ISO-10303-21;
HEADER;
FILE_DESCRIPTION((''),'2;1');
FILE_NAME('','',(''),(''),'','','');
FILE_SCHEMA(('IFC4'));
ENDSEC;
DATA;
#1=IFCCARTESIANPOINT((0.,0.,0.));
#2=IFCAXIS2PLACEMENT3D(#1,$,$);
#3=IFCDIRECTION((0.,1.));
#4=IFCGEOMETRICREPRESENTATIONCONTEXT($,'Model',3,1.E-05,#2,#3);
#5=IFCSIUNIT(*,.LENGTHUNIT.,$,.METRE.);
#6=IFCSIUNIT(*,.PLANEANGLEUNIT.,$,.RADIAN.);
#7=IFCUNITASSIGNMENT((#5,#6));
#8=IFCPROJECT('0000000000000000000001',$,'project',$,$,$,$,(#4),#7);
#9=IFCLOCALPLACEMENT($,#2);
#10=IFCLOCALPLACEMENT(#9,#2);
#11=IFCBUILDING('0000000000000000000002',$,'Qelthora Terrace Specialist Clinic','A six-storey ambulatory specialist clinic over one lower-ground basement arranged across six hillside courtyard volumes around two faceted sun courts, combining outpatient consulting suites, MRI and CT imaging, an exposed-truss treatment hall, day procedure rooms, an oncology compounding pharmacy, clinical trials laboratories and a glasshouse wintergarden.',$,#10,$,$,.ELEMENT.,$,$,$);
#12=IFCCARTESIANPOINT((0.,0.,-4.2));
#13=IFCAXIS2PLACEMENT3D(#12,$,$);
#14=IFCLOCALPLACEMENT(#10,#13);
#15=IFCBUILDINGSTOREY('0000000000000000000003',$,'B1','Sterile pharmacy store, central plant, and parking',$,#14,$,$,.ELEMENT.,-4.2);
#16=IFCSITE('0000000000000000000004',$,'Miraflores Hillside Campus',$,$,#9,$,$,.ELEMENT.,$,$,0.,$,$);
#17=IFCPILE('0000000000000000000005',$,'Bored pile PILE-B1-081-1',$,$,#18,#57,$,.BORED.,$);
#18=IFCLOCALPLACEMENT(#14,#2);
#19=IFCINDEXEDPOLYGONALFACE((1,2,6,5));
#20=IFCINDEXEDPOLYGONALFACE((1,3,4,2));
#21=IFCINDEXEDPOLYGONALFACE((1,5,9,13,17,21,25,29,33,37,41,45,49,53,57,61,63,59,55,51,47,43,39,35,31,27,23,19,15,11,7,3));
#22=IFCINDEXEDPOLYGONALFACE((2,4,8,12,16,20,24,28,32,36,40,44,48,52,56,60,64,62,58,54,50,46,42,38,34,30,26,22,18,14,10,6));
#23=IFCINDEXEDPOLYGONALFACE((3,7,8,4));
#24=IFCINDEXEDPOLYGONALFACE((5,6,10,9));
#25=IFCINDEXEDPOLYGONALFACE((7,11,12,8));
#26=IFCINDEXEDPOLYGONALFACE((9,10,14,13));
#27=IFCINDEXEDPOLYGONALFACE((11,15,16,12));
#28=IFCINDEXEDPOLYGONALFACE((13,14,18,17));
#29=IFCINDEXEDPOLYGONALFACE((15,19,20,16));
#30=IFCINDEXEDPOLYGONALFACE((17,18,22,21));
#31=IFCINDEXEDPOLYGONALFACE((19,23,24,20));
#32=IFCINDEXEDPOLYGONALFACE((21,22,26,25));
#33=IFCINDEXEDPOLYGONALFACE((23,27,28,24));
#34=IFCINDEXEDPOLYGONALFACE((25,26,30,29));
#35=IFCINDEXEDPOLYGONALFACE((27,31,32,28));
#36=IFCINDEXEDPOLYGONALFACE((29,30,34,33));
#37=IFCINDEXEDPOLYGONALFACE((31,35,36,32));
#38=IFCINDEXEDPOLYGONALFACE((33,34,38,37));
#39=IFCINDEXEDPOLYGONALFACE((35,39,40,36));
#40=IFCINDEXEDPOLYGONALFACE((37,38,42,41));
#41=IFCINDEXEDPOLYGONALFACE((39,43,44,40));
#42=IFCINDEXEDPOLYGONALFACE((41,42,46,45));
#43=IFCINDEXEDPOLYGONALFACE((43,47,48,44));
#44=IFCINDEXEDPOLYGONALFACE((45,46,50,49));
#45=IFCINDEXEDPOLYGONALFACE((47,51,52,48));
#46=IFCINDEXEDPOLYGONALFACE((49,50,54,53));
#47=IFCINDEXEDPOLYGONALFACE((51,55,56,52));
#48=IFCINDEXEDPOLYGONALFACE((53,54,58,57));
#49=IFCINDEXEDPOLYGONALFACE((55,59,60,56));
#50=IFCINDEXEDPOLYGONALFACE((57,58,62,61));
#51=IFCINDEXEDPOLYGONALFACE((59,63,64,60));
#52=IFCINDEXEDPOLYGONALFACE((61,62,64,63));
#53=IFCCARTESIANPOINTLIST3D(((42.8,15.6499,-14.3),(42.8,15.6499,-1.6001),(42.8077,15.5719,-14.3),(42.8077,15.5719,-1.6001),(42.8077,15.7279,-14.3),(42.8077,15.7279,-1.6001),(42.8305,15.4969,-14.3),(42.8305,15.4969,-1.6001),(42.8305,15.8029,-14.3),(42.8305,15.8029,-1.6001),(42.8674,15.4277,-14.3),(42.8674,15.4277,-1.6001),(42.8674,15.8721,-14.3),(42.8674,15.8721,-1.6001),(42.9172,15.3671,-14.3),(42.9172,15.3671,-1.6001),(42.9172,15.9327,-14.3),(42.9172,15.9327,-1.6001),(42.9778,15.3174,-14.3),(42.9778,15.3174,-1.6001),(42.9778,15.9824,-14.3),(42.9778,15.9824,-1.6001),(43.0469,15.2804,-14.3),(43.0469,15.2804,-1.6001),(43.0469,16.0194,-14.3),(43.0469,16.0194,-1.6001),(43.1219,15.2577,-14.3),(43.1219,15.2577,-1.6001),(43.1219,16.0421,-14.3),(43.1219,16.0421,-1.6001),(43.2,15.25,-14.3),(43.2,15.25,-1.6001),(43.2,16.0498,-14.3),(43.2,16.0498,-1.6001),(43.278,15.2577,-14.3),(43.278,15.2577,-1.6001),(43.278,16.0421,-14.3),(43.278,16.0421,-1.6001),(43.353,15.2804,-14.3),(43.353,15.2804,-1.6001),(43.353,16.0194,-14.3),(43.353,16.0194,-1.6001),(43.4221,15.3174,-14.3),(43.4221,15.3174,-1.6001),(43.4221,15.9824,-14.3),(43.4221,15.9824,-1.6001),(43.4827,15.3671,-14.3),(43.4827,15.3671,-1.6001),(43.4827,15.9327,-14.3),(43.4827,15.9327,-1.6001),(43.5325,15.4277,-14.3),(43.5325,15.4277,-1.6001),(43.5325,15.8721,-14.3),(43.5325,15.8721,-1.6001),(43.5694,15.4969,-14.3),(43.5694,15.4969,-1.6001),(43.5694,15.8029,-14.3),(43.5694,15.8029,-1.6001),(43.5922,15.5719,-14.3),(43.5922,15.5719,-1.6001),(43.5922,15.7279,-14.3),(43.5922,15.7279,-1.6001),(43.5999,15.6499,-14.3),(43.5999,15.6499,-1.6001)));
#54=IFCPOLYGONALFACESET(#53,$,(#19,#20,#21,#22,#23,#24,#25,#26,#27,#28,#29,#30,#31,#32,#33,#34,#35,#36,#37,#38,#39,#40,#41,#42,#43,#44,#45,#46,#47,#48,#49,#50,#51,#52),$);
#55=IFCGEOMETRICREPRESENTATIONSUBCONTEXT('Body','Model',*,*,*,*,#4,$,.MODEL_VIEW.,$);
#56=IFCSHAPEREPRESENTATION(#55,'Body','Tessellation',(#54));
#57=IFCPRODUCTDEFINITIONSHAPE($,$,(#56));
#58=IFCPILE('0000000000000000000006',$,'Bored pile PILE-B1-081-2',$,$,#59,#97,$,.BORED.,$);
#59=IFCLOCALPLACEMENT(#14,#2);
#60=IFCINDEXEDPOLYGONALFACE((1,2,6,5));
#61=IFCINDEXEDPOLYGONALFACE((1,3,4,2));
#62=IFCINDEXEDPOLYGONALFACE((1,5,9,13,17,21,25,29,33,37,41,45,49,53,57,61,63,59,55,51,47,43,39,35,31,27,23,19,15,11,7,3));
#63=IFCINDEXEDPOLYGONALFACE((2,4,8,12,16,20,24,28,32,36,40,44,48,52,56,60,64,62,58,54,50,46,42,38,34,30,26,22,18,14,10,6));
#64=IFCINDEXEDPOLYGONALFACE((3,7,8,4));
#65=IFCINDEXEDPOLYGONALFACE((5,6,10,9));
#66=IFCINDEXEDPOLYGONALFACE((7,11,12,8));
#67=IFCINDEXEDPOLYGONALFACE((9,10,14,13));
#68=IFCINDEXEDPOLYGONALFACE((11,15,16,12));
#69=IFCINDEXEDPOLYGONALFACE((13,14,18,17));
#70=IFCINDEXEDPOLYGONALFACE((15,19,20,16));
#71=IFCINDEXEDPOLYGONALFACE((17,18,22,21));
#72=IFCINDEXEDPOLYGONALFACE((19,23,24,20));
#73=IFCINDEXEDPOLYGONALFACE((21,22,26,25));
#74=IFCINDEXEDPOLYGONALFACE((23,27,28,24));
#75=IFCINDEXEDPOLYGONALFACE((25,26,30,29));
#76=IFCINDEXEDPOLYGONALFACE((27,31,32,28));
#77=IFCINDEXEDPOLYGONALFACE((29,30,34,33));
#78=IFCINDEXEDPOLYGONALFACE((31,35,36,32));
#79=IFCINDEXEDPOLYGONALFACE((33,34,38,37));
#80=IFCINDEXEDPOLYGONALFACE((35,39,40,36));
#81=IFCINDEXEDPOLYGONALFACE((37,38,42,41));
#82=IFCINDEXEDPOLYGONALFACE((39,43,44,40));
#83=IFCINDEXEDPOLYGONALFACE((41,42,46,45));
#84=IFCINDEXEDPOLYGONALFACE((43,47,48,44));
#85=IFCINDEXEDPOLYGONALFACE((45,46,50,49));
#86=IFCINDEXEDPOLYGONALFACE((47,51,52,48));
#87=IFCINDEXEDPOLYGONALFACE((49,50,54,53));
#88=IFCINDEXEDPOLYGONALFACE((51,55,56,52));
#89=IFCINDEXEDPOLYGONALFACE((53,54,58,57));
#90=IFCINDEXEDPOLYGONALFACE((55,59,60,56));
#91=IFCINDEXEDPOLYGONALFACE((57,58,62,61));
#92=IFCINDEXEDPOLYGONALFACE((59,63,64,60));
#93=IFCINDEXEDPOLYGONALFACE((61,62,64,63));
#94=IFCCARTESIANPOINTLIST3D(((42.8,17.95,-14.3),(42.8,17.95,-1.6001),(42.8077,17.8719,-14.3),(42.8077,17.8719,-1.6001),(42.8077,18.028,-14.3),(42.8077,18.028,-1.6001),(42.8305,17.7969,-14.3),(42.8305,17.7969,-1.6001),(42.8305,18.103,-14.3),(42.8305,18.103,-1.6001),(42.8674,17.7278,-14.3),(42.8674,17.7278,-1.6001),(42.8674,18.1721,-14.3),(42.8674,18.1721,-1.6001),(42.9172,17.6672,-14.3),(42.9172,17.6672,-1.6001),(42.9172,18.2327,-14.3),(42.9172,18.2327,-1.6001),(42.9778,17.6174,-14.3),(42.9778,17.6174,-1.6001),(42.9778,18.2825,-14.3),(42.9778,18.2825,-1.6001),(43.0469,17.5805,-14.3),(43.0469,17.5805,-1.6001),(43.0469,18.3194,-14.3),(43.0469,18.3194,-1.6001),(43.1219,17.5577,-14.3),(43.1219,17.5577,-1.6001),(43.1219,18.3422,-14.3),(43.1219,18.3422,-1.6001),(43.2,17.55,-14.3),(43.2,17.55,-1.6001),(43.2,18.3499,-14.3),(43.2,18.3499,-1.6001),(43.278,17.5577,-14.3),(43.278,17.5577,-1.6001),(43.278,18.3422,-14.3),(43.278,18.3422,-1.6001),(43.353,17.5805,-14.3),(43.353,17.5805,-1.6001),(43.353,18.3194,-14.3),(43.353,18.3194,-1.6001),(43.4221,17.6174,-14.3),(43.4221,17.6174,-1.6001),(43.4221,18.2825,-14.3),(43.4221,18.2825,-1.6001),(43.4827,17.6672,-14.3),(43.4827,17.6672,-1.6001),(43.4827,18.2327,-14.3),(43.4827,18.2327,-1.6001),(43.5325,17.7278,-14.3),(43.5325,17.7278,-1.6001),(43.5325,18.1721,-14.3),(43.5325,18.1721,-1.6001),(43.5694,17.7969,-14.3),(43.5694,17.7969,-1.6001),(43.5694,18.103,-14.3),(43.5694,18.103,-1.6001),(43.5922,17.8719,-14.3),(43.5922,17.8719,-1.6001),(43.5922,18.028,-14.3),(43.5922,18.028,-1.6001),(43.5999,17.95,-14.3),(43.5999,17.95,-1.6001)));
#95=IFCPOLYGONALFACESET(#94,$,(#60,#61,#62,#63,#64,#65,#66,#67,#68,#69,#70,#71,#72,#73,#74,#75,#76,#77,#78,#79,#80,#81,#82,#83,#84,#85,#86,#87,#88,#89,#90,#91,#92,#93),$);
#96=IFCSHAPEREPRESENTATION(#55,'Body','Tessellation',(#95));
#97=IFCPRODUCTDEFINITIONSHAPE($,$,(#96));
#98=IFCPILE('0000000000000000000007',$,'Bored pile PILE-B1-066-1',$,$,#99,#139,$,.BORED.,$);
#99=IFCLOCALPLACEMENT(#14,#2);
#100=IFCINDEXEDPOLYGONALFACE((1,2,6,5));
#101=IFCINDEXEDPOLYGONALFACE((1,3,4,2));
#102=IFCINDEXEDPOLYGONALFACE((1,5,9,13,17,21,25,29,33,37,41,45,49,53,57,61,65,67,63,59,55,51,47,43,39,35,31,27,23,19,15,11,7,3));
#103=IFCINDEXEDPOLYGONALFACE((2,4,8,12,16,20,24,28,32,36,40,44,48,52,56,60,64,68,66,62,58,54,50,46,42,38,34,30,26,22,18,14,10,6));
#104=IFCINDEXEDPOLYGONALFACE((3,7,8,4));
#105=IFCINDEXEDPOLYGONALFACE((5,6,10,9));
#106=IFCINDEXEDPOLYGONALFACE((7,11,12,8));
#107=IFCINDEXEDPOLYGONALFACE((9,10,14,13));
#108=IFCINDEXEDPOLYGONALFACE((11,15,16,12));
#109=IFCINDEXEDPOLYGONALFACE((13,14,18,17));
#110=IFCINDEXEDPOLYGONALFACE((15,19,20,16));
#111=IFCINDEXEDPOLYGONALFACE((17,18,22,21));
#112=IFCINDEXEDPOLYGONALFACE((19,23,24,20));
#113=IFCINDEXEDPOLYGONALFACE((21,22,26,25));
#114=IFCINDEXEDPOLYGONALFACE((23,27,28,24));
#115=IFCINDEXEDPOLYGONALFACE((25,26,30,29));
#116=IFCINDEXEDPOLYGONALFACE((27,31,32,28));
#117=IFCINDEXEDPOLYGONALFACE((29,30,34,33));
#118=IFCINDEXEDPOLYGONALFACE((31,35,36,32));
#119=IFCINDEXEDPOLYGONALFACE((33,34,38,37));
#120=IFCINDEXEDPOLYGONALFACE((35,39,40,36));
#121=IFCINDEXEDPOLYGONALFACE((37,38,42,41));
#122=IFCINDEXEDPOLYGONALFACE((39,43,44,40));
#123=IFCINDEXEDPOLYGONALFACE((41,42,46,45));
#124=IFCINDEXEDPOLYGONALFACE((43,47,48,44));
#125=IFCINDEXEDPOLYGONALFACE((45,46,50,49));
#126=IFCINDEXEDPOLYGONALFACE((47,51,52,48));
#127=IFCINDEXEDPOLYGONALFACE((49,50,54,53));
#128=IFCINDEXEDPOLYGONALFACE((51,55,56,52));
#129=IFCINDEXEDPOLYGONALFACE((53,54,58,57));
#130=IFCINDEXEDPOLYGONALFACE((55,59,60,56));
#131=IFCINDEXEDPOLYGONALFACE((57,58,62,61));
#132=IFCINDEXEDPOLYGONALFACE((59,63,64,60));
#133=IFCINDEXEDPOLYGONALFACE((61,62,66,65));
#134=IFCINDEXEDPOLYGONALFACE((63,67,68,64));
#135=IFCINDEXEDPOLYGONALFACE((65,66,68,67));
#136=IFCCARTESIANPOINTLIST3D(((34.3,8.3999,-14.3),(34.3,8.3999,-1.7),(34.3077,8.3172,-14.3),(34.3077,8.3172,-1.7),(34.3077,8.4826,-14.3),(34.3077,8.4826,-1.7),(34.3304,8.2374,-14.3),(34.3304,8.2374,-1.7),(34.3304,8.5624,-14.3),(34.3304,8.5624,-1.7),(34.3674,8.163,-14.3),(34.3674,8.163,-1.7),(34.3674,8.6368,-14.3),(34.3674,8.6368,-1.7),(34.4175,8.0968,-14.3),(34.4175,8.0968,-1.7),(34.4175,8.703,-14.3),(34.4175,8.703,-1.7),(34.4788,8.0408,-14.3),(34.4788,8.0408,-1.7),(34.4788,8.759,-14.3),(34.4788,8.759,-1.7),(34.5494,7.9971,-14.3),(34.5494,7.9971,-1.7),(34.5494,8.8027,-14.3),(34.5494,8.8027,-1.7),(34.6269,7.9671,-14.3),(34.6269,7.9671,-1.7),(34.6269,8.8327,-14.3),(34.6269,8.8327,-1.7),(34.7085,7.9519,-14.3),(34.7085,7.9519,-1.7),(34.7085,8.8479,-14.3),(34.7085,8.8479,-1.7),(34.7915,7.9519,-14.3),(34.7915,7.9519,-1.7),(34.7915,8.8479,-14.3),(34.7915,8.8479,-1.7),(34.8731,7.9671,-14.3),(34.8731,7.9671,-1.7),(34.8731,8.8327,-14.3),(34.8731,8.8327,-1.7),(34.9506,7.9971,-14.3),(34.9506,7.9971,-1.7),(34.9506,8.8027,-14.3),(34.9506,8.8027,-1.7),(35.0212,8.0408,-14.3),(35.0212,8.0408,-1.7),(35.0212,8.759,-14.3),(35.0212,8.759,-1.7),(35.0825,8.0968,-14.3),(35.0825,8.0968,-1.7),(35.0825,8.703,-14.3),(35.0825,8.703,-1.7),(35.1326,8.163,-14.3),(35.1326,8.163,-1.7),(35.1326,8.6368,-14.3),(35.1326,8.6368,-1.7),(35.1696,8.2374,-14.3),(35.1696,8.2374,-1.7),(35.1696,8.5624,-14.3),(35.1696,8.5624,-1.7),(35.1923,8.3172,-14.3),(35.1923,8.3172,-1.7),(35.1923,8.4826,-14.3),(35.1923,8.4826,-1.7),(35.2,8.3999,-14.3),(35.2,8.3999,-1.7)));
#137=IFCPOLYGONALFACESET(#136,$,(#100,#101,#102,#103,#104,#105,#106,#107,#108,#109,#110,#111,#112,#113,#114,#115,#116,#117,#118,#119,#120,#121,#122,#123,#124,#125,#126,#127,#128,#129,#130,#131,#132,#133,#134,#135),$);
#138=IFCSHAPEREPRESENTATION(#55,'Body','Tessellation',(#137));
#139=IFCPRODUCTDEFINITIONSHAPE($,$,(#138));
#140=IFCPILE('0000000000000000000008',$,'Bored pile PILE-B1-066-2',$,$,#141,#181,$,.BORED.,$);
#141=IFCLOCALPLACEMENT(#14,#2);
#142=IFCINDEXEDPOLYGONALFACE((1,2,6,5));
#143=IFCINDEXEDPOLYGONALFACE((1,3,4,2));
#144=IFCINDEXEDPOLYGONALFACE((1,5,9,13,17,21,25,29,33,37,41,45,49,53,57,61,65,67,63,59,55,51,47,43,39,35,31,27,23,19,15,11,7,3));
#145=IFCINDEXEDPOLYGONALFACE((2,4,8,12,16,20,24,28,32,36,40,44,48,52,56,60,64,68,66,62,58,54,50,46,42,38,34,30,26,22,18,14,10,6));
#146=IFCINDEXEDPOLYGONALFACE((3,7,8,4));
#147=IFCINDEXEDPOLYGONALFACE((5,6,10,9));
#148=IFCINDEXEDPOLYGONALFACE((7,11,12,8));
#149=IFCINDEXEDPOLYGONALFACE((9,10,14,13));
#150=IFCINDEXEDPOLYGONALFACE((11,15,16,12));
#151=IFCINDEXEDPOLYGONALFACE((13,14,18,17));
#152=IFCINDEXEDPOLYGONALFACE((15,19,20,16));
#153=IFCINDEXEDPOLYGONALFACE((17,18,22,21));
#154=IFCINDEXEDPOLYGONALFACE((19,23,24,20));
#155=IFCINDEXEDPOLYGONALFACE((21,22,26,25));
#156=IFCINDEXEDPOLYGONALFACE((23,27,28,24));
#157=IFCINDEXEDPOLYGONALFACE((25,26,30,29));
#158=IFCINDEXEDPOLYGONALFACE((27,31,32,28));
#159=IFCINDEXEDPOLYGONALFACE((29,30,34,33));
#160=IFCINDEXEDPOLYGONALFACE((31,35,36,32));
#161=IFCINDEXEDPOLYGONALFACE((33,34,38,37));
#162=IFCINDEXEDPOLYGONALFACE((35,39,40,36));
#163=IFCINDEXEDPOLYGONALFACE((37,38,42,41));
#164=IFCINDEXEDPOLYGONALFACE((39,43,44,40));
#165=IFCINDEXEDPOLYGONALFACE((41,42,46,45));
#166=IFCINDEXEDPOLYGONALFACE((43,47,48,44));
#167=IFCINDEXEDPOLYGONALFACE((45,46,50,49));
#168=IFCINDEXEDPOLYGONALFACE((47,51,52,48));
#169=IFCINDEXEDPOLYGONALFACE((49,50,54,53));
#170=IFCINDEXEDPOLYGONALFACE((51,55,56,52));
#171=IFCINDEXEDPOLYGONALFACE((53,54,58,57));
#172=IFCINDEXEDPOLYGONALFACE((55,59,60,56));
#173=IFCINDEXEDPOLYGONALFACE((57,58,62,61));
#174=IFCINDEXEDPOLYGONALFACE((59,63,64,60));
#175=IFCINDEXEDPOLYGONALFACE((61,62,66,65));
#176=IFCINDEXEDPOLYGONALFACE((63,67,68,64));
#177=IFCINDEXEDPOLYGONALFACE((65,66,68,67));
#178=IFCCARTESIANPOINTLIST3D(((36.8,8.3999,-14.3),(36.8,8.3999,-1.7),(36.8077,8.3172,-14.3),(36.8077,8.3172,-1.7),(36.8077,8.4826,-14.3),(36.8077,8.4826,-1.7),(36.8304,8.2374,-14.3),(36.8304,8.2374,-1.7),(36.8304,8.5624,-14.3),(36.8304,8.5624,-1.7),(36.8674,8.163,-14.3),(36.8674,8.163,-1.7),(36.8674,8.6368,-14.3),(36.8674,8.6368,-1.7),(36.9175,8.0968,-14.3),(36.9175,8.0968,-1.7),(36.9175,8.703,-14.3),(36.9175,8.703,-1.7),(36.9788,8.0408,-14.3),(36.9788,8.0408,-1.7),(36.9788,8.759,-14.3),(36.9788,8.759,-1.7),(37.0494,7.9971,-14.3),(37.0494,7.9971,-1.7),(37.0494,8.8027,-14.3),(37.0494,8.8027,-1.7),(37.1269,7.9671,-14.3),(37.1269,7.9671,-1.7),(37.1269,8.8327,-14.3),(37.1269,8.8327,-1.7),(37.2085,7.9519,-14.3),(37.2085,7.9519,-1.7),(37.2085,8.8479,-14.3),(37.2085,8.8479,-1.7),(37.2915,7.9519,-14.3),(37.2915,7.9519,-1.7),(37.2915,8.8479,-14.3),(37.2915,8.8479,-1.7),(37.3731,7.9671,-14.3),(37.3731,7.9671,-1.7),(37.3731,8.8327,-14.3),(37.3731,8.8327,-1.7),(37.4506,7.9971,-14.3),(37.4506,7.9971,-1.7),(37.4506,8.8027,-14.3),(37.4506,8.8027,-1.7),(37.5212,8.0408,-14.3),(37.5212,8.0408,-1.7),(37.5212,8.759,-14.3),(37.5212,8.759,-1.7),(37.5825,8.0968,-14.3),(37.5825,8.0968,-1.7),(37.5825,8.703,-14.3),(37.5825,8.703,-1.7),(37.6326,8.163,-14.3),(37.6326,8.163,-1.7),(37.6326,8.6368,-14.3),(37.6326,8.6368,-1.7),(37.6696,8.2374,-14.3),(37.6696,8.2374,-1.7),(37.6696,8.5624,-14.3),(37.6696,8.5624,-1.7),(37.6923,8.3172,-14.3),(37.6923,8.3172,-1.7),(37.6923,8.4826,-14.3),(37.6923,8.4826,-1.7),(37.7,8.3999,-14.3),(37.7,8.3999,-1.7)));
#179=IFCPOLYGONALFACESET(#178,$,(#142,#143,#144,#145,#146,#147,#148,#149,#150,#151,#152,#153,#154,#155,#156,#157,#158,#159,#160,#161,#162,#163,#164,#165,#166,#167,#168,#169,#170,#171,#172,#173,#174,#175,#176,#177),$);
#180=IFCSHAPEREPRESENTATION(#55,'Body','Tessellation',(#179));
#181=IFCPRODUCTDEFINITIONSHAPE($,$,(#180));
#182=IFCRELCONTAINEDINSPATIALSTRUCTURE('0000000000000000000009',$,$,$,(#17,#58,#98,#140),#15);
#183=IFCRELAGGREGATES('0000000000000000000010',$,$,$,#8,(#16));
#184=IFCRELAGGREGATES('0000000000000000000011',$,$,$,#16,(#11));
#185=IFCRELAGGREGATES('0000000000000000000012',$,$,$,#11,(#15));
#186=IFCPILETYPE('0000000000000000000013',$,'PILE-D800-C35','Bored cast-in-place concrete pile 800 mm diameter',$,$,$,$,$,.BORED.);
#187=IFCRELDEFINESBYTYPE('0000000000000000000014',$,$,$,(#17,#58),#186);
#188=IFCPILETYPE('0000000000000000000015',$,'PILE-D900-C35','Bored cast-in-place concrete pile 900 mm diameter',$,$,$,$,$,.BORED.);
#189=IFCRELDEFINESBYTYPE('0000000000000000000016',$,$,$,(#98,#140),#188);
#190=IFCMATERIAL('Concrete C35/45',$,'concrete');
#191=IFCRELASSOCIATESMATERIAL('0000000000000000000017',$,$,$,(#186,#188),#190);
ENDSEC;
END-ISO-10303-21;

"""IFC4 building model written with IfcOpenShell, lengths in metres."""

from ifc_helpers import new_model, si_unit, direction, frame, origin, origin_2d, place, context, subcontext, project, spatial, circle, extrude, material, material_profile, profile_set, type_object, element, save


model = new_model("IFC4")

# Units and contexts
model_context = context("Model", 3, precision=1e-05, world=origin(), true_north=direction((0.0, 1.0)))
body_context = subcontext(model_context, "Body", "Model", "MODEL_VIEW")
ifc_project = project(units=[si_unit("LENGTHUNIT", "METRE"), si_unit("PLANEANGLEUNIT", "RADIAN")], contexts=[model_context])

# Site, building, storey
site_placement = place(None, origin())
site = spatial("IfcSite", under=ifc_project, at=site_placement, Name="Miraflores Hillside Campus", CompositionType="ELEMENT", RefElevation=0.0)
building_placement = place(site_placement, origin())
building = spatial("IfcBuilding", under=site, at=building_placement, Name="Qelthora Terrace Specialist Clinic", Description="A six-storey ambulatory specialist clinic over one lower-ground basement arranged across six hillside courtyard volumes around two faceted sun courts, combining outpatient consulting suites, MRI and CT imaging, an exposed-truss treatment hall, day procedure rooms, an oncology compounding pharmacy, clinical trials laboratories and a glasshouse wintergarden.", CompositionType="ELEMENT")
storey_placement = place(building_placement, frame((0.0, 0.0, -4.2)))
storey = spatial("IfcBuildingStorey", under=building, at=storey_placement, Name="B1", Description="Sterile pharmacy store, central plant, and parking", CompositionType="ELEMENT", Elevation=-4.2)

# Shared definitions
ifc_material_1 = material(Name="Concrete C35/45", Category="concrete")

# Piles
ifc_material_profile_1 = material_profile(ifc_material_1, circle(Radius=0.3999, at=origin_2d()), Name="PILE800")
ifc_profile_set_1 = profile_set([ifc_material_profile_1], Name="Concrete C35/45")
pile_type_1 = type_object("IfcPileType", Name="PILE-D800-C35", Description="Bored cast-in-place concrete pile 800 mm diameter", PredefinedType="BORED", material=ifc_profile_set_1)
for number, where, z_axis, x_axis, name in (
    (1, (43.2, 15.6499, -1.6001), (0.0, 0.0, -1.0), (1.0, 0.0, 0.0), "Bored pile PILE-B1-081-1"),
    (2, (43.2, 17.95, -1.6001), (0.0, 0.0, -1.0), (1.0, 0.0, 0.0), "Bored pile PILE-B1-081-2"),
):
    element("IfcPile", number, at=place(storey_placement, frame(where, z_axis=z_axis, x_axis=x_axis)), inside=storey, type_object=pile_type_1, Name=name, PredefinedType="BORED", context=body_context, shape_type="SweptSolid", body=[
        extrude(circle(Radius=0.3999, at=origin_2d()), origin(), (0.0, 0.0, 1.0), 12.7),
    ])
ifc_material_profile_2 = material_profile(ifc_material_1, circle(Radius=0.45, at=origin_2d()), Name="PILE900")
ifc_profile_set_2 = profile_set([ifc_material_profile_2], Name="Concrete C35/45")
pile_type_2 = type_object("IfcPileType", Name="PILE-D900-C35", Description="Bored cast-in-place concrete pile 900 mm diameter", PredefinedType="BORED", material=ifc_profile_set_2)
for number, where, z_axis, x_axis, name in (
    (3, (34.75, 8.3999, -1.7), (0.0, 0.0, -1.0), (1.0, 0.0, 0.0), "Bored pile PILE-B1-066-1"),
    (4, (37.25, 8.3999, -1.7), (0.0, 0.0, -1.0), (1.0, 0.0, 0.0), "Bored pile PILE-B1-066-2"),
):
    element("IfcPile", number, at=place(storey_placement, frame(where, z_axis=z_axis, x_axis=x_axis)), inside=storey, type_object=pile_type_2, Name=name, PredefinedType="BORED", context=body_context, shape_type="SweptSolid", body=[
        extrude(circle(Radius=0.45, at=origin_2d()), origin(), (0.0, 0.0, 1.0), 12.6001),
    ])

save(model, "model.ifc")
